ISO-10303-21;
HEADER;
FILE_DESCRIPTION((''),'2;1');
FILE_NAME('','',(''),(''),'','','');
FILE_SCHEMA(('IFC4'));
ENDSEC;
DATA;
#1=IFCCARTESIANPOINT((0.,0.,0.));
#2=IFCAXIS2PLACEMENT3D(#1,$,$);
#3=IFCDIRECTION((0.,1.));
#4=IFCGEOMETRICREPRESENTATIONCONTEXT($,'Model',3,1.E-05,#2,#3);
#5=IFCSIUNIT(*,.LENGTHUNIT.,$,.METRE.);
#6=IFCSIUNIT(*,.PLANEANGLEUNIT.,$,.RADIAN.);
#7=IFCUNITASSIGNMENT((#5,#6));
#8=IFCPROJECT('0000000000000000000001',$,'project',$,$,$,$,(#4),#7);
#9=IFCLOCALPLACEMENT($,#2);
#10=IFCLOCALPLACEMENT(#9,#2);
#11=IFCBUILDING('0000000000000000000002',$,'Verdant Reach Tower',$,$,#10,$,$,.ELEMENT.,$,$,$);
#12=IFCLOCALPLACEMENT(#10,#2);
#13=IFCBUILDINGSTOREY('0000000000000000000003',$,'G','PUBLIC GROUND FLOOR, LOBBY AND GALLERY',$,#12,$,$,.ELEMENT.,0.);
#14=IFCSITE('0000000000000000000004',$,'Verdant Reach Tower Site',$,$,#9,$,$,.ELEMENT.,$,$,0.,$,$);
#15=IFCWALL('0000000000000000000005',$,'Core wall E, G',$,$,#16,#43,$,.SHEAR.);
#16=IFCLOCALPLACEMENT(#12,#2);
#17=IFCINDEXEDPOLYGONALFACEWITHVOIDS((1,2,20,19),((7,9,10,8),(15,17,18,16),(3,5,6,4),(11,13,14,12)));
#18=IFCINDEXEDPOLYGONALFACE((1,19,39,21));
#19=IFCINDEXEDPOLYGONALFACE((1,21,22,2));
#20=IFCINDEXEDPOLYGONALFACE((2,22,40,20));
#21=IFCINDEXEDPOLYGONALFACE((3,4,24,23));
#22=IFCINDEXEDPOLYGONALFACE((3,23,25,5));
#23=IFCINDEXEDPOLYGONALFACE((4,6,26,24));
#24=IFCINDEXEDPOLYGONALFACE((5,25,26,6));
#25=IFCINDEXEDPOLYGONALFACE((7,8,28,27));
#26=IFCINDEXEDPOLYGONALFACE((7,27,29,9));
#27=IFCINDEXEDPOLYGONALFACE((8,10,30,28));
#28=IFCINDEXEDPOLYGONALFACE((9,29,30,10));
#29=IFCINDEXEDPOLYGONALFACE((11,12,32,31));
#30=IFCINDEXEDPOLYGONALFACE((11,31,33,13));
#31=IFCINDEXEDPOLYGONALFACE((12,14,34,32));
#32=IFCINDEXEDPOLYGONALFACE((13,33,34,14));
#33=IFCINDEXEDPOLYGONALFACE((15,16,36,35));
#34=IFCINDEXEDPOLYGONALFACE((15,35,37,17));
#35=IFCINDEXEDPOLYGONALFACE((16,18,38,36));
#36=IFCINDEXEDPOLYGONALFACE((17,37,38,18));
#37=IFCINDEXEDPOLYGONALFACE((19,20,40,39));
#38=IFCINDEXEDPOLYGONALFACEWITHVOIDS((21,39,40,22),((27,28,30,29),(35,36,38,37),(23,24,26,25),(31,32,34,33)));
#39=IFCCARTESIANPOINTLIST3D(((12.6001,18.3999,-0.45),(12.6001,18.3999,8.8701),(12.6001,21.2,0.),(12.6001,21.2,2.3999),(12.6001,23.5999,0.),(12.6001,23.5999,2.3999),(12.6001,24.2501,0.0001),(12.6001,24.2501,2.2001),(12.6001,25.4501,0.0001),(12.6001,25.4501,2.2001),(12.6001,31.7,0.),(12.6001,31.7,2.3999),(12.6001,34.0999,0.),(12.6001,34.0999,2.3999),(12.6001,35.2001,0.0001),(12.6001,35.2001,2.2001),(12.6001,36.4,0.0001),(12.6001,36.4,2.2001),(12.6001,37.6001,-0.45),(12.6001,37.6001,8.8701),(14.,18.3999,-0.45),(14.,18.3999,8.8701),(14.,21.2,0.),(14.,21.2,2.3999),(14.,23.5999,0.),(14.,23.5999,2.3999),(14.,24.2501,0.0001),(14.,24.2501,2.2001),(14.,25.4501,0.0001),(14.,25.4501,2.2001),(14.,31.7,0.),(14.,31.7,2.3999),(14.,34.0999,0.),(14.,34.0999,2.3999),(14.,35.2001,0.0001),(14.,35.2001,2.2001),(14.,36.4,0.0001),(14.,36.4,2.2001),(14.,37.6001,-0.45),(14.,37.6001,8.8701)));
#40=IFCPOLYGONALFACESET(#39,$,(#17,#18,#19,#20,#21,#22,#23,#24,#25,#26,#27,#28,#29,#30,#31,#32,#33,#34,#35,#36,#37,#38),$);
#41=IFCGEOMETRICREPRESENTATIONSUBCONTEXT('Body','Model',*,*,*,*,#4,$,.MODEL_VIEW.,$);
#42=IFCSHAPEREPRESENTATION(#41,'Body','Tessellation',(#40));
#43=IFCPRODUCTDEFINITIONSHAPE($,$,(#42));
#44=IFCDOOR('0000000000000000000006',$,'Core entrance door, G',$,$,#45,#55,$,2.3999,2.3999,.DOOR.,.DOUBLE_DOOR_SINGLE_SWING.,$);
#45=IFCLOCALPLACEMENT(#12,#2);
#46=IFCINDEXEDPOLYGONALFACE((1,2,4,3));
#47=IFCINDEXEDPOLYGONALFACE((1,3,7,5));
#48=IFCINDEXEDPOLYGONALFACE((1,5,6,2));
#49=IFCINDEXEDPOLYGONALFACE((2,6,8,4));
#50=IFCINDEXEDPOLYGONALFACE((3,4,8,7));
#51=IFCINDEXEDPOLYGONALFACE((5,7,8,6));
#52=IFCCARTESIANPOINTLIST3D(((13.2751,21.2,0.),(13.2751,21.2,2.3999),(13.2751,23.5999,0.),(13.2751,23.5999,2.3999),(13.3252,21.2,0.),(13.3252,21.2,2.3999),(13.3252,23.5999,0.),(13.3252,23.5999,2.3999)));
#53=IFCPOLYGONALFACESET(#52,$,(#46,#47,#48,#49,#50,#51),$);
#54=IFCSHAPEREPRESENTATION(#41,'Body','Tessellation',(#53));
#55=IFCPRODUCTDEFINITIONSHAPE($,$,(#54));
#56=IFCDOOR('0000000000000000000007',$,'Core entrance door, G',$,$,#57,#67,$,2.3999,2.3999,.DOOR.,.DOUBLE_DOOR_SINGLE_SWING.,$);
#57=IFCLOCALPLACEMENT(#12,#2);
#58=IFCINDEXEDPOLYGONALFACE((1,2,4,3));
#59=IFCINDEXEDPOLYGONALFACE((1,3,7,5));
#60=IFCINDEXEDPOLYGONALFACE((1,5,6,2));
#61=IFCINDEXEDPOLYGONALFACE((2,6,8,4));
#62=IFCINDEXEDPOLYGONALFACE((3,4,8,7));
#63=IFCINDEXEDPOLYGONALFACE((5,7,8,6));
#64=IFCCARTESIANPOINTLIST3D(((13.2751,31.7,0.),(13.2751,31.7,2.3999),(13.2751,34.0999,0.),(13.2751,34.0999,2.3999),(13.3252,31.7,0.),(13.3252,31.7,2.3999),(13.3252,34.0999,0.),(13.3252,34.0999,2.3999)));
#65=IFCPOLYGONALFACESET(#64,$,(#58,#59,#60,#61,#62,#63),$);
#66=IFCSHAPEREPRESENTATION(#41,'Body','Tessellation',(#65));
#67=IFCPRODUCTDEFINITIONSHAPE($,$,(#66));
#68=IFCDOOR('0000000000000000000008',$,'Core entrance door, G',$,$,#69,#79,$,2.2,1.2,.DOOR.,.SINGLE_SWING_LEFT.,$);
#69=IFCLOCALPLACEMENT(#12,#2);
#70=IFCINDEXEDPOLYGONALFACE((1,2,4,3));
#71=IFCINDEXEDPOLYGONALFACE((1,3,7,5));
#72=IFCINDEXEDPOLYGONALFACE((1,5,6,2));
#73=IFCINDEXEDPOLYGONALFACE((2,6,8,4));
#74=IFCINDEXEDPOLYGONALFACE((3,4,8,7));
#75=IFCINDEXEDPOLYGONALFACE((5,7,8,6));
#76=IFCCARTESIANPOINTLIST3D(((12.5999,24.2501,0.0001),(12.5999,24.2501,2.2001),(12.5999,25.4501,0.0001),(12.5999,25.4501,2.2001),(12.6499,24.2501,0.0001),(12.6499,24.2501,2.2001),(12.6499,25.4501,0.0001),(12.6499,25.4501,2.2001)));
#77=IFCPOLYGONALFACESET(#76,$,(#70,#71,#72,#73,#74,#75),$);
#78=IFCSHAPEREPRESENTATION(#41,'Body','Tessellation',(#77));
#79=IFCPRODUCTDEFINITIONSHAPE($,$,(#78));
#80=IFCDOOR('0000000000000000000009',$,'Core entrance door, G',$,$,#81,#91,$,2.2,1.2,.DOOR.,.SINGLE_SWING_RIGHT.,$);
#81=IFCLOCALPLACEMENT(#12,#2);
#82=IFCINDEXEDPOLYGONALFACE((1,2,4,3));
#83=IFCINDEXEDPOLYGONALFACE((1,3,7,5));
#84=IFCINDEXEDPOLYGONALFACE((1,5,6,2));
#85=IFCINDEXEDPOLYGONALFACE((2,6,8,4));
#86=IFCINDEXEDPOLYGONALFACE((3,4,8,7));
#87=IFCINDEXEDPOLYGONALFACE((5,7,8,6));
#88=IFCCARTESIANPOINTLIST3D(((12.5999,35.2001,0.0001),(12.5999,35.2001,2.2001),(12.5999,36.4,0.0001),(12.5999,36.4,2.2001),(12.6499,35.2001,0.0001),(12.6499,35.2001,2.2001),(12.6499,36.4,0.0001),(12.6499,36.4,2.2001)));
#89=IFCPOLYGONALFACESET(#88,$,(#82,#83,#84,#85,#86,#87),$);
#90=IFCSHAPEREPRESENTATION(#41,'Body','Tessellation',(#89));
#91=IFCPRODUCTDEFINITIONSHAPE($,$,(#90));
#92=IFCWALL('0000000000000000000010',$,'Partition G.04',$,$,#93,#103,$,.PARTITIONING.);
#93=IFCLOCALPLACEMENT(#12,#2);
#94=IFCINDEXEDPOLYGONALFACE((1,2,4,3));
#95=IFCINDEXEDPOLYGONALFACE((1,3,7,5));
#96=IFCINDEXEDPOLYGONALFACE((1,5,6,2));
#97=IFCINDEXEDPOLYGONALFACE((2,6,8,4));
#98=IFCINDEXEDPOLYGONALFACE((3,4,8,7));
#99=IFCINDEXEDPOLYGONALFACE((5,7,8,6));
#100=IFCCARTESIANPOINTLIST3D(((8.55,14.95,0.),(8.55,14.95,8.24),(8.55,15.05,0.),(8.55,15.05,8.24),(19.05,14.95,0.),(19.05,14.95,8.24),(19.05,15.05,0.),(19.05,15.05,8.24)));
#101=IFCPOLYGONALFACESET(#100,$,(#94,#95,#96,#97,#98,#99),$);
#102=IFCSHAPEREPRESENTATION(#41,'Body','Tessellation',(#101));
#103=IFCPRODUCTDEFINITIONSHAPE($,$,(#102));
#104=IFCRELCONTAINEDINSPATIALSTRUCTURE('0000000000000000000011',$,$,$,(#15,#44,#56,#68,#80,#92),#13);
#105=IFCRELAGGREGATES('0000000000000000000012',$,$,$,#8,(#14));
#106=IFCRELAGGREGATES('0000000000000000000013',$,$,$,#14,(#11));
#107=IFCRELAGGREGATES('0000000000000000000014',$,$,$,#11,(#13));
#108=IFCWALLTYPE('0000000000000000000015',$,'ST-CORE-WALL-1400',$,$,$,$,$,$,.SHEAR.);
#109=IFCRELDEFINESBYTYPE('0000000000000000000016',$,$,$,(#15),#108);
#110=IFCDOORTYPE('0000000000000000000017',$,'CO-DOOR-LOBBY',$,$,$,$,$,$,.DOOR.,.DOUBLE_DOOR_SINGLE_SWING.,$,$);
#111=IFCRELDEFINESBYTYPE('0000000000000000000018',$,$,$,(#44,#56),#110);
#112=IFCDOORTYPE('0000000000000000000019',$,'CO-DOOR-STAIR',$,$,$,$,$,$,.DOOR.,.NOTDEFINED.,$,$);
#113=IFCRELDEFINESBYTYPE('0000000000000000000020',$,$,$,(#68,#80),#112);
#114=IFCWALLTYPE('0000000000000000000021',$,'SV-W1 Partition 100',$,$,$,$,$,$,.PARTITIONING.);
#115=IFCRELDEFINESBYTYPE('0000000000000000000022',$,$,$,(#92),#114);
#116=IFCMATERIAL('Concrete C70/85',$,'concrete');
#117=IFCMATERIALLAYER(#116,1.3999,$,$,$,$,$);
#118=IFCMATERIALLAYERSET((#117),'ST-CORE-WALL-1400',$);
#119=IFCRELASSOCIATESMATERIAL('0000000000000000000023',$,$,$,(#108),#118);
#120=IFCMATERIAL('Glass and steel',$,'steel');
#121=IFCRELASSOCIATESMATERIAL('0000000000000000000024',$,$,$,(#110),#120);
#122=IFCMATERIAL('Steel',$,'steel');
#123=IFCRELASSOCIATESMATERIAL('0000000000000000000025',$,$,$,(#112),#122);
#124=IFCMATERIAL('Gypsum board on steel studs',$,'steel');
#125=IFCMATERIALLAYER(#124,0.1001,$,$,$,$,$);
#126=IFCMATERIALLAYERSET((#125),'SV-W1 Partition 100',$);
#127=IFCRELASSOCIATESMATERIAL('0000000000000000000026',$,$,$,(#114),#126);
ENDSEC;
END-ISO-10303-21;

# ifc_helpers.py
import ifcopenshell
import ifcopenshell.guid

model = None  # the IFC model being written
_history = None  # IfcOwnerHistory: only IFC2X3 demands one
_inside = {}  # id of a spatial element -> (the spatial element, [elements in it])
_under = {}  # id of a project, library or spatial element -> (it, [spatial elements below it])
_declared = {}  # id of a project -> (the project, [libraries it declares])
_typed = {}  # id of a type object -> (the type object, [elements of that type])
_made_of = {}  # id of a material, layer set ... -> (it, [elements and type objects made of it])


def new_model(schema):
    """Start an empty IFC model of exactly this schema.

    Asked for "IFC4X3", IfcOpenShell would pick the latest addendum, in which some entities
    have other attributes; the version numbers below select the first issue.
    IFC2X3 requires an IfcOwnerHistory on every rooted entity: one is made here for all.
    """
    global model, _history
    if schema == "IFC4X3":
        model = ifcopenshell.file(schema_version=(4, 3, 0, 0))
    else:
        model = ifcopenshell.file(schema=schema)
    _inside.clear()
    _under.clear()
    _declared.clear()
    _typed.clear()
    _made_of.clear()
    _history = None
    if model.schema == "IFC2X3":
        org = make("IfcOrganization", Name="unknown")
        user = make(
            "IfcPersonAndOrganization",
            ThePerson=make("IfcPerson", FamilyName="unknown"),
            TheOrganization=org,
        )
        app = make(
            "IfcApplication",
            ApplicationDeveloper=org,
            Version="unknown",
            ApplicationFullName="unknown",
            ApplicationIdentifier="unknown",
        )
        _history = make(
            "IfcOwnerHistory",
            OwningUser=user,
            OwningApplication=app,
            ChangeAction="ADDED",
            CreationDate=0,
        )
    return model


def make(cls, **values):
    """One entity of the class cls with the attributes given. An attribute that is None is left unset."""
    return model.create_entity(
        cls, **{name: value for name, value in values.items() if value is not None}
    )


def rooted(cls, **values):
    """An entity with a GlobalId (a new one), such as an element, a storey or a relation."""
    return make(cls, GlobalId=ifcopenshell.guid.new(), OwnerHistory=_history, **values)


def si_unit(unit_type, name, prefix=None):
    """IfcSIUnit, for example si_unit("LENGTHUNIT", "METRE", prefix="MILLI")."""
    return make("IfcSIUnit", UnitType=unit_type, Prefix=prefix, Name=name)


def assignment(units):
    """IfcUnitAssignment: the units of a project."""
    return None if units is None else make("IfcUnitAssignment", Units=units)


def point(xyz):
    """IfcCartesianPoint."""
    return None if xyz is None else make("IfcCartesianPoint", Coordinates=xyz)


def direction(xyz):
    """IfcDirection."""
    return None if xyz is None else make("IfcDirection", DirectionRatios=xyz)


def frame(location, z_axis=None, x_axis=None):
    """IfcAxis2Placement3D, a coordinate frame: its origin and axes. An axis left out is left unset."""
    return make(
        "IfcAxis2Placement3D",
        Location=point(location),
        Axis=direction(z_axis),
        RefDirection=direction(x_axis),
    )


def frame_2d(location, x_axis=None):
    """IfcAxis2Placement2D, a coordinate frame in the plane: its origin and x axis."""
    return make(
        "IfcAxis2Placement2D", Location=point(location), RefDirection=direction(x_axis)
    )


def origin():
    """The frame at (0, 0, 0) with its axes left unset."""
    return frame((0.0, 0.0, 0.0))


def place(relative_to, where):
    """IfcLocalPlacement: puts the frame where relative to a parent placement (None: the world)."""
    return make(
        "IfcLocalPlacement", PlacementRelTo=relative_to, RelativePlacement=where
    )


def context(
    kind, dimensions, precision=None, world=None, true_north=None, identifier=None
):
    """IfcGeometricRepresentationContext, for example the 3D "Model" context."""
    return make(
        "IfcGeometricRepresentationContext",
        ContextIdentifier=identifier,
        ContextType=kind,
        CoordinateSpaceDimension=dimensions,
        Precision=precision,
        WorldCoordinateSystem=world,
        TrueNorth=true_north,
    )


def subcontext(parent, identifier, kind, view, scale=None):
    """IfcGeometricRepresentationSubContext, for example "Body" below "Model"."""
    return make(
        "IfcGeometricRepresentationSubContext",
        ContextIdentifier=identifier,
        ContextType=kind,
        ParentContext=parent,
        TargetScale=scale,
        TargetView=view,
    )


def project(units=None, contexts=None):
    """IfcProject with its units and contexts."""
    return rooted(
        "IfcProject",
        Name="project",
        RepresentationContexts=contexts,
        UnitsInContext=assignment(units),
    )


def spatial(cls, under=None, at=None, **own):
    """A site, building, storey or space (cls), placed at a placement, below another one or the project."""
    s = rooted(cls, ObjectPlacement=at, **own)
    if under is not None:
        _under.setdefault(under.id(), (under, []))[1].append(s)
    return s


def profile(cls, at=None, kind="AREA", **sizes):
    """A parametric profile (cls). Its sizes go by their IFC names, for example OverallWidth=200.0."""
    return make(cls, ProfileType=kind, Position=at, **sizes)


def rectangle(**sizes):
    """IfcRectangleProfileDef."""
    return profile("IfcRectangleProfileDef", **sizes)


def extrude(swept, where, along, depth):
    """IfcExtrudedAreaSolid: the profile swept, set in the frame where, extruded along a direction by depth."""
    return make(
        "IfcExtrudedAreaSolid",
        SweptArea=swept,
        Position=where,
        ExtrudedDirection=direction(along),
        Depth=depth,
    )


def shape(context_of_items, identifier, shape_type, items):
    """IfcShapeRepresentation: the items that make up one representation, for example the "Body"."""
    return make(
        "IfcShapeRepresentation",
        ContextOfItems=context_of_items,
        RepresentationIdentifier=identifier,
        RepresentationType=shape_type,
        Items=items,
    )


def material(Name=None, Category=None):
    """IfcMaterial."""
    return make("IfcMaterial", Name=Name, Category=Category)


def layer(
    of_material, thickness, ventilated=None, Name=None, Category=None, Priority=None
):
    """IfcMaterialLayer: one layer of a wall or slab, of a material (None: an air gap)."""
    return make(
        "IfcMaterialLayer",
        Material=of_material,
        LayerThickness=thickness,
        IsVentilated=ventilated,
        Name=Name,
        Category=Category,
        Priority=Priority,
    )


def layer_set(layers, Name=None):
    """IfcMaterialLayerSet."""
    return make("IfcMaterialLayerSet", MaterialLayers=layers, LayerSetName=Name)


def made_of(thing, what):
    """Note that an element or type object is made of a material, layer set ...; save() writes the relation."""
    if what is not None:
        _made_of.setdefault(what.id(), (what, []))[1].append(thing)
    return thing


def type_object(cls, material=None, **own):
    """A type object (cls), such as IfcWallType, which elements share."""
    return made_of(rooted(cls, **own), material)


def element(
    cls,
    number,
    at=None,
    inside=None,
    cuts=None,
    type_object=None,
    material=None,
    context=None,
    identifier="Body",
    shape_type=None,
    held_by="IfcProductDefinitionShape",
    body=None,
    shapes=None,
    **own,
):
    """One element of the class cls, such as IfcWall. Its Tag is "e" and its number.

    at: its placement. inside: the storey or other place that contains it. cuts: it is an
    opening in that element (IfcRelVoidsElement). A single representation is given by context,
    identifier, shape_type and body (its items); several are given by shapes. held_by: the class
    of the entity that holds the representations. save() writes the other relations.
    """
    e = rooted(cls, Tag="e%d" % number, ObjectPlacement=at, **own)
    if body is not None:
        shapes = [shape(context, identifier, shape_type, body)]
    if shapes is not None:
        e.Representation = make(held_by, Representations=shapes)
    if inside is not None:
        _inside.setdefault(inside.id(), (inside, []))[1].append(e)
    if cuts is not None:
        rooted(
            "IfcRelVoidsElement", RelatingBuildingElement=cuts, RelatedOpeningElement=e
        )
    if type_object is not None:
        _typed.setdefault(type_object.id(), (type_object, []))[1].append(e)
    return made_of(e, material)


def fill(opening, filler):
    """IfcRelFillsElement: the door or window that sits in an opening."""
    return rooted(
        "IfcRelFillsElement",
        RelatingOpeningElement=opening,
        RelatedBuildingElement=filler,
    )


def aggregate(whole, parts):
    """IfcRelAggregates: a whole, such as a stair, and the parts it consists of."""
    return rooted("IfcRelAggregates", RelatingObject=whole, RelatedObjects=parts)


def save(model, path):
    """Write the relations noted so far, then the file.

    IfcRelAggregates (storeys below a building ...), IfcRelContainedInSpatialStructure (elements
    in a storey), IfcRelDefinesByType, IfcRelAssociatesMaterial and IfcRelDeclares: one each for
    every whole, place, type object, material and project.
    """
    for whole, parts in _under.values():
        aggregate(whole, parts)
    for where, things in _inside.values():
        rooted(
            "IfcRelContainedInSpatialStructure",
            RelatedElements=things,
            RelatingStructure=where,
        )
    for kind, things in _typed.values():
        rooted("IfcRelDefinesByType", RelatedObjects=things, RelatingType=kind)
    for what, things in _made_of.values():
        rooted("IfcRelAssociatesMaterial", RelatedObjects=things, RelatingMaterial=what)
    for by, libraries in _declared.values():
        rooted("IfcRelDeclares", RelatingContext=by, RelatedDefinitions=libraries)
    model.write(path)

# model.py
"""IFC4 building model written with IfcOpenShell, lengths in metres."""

from ifc_helpers import new_model, si_unit, direction, frame, frame_2d, origin, place, context, subcontext, project, spatial, rectangle, extrude, material, layer, layer_set, type_object, element, fill, save


model = new_model("IFC4")

# Units and contexts
model_context = context("Model", 3, precision=1e-05, world=origin(), true_north=direction((0.0, 1.0)))
body_context = subcontext(model_context, "Body", "Model", "MODEL_VIEW")
ifc_project = project(units=[si_unit("LENGTHUNIT", "METRE"), si_unit("PLANEANGLEUNIT", "RADIAN")], contexts=[model_context])

# Site, building, storey
site_placement = place(None, origin())
site = spatial("IfcSite", under=ifc_project, at=site_placement, Name="Verdant Reach Tower Site", CompositionType="ELEMENT", RefElevation=0.0)
building_placement = place(site_placement, origin())
building = spatial("IfcBuilding", under=site, at=building_placement, Name="Verdant Reach Tower", CompositionType="ELEMENT")
storey_placement = place(building_placement, origin())
storey = spatial("IfcBuildingStorey", under=building, at=storey_placement, Name="G", Description="PUBLIC GROUND FLOOR, LOBBY AND GALLERY", CompositionType="ELEMENT", Elevation=0.0)

# Wall, openings, doors
ifc_material_1 = material(Name="Concrete C70/85", Category="concrete")
ifc_layer_1 = layer(ifc_material_1, 1.3999)
ifc_layer_set_1 = layer_set([ifc_layer_1], Name="ST-CORE-WALL-1400")
wall_type_1 = type_object("IfcWallType", Name="ST-CORE-WALL-1400", PredefinedType="SHEAR", material=ifc_layer_set_1)
wall_1_placement = place(storey_placement, frame((13.3, 18.3999, -0.45), z_axis=(0.0, 0.0, 1.0), x_axis=(0.0, 1.0, 0.0)))
wall_1 = element("IfcWall", 1, at=wall_1_placement, inside=storey, type_object=wall_type_1, Name="Core wall E, G", PredefinedType="SHEAR", context=body_context, shape_type="SweptSolid", body=[
    extrude(rectangle(XDim=19.2002, YDim=1.3999, at=frame_2d((9.6001, 0.0))), origin(), (0.0, 0.0, 1.0), 9.3201),
])
opening_1_placement = place(wall_1_placement, frame((2.8, 0.0, 0.45)))
opening_1 = element("IfcOpeningElement", 2, at=opening_1_placement, cuts=wall_1, PredefinedType="OPENING", context=body_context, shape_type="SweptSolid", body=[
    extrude(rectangle(XDim=2.3999, YDim=2.3999, at=frame_2d((1.2, 1.2))), frame((0.0, 0.71, 0.0), z_axis=(0.0, -1.0, 0.0), x_axis=(1.0, 0.0, 0.0)), (0.0, 0.0, 1.0), 1.4199),
])
opening_2_placement = place(wall_1_placement, frame((13.3, 0.0, 0.45)))
opening_2 = element("IfcOpeningElement", 3, at=opening_2_placement, cuts=wall_1, PredefinedType="OPENING", context=body_context, shape_type="SweptSolid", body=[
    extrude(rectangle(XDim=2.3999, YDim=2.3999, at=frame_2d((1.2, 1.2))), frame((0.0, 0.71, 0.0), z_axis=(0.0, -1.0, 0.0), x_axis=(1.0, 0.0, 0.0)), (0.0, 0.0, 1.0), 1.4199),
])
opening_3_placement = place(wall_1_placement, frame((5.8501, 0.0, 0.45)))
opening_3 = element("IfcOpeningElement", 4, at=opening_3_placement, cuts=wall_1, PredefinedType="OPENING", context=body_context, shape_type="SweptSolid", body=[
    extrude(rectangle(XDim=1.2, YDim=2.2, at=frame_2d((0.6001, 1.1001))), frame((0.0, 0.71, 0.0), z_axis=(0.0, -1.0, 0.0), x_axis=(1.0, 0.0, 0.0)), (0.0, 0.0, 1.0), 1.4199),
])
opening_4_placement = place(wall_1_placement, frame((16.8, 0.0, 0.45)))
opening_4 = element("IfcOpeningElement", 5, at=opening_4_placement, cuts=wall_1, PredefinedType="OPENING", context=body_context, shape_type="SweptSolid", body=[
    extrude(rectangle(XDim=1.2, YDim=2.2, at=frame_2d((0.6001, 1.1001))), frame((0.0, 0.71, 0.0), z_axis=(0.0, -1.0, 0.0), x_axis=(1.0, 0.0, 0.0)), (0.0, 0.0, 1.0), 1.4199),
])
ifc_material_2 = material(Name="Glass and steel", Category="steel")
door_type_1 = type_object("IfcDoorType", Name="CO-DOOR-LOBBY", OperationType="DOUBLE_DOOR_SINGLE_SWING", PredefinedType="DOOR", material=ifc_material_2)
door_1_placement = place(opening_1_placement, origin())
door_1 = element("IfcDoor", 6, at=door_1_placement, inside=storey, type_object=door_type_1, Name="Core entrance door, G", OperationType="DOUBLE_DOOR_SINGLE_SWING", OverallHeight=2.3999, OverallWidth=2.3999, PredefinedType="DOOR", context=body_context, shape_type="SweptSolid", body=[
    extrude(rectangle(XDim=2.3999, YDim=2.3999, at=frame_2d((1.2, 1.2))), frame((0.0, 0.0249, 0.0), z_axis=(0.0, -1.0, 0.0), x_axis=(1.0, 0.0, 0.0)), (0.0, 0.0, 1.0), 0.05),
])
fill(opening_1, door_1)
door_2_placement = place(opening_2_placement, origin())
door_2 = element("IfcDoor", 7, at=door_2_placement, inside=storey, type_object=door_type_1, Name="Core entrance door, G", OperationType="DOUBLE_DOOR_SINGLE_SWING", OverallHeight=2.3999, OverallWidth=2.3999, PredefinedType="DOOR", context=body_context, shape_type="SweptSolid", body=[
    extrude(rectangle(XDim=2.3999, YDim=2.3999, at=frame_2d((1.2, 1.2))), frame((0.0, 0.0249, 0.0), z_axis=(0.0, -1.0, 0.0), x_axis=(1.0, 0.0, 0.0)), (0.0, 0.0, 1.0), 0.05),
])
fill(opening_2, door_2)
ifc_material_3 = material(Name="Steel", Category="steel")
door_type_2 = type_object("IfcDoorType", Name="CO-DOOR-STAIR", OperationType="NOTDEFINED", PredefinedType="DOOR", material=ifc_material_3)
door_3_placement = place(opening_3_placement, origin())
door_3 = element("IfcDoor", 8, at=door_3_placement, inside=storey, type_object=door_type_2, Name="Core entrance door, G", OperationType="SINGLE_SWING_LEFT", OverallHeight=2.2, OverallWidth=1.2, PredefinedType="DOOR", context=body_context, shape_type="SweptSolid", body=[
    extrude(rectangle(XDim=1.2, YDim=2.2, at=frame_2d((0.6001, 1.1001))), frame((0.0, 0.7002, 0.0), z_axis=(0.0, -1.0, 0.0), x_axis=(1.0, 0.0, 0.0)), (0.0, 0.0, 1.0), 0.05),
])
fill(opening_3, door_3)
door_4_placement = place(opening_4_placement, origin())
door_4 = element("IfcDoor", 9, at=door_4_placement, inside=storey, type_object=door_type_2, Name="Core entrance door, G", OperationType="SINGLE_SWING_RIGHT", OverallHeight=2.2, OverallWidth=1.2, PredefinedType="DOOR", context=body_context, shape_type="SweptSolid", body=[
    extrude(rectangle(XDim=1.2, YDim=2.2, at=frame_2d((0.6001, 1.1001))), frame((0.0, 0.7002, 0.0), z_axis=(0.0, -1.0, 0.0), x_axis=(1.0, 0.0, 0.0)), (0.0, 0.0, 1.0), 0.05),
])
fill(opening_4, door_4)

# Wall
ifc_material_4 = material(Name="Gypsum board on steel studs", Category="steel")
ifc_layer_2 = layer(ifc_material_4, 0.1001)
ifc_layer_set_2 = layer_set([ifc_layer_2], Name="SV-W1 Partition 100")
wall_type_2 = type_object("IfcWallType", Name="SV-W1 Partition 100", PredefinedType="PARTITIONING", material=ifc_layer_set_2)
wall_2_placement = place(storey_placement, frame((8.55, 15.0, 0.0), z_axis=(0.0, 0.0, 1.0), x_axis=(1.0, 0.0, 0.0)))
element("IfcWall", 10, at=wall_2_placement, inside=storey, type_object=wall_type_2, Name="Partition G.04", PredefinedType="PARTITIONING", context=body_context, shape_type="SweptSolid", body=[
    extrude(rectangle(XDim=10.5, YDim=0.1001, at=frame_2d((5.25, 0.0))), origin(), (0.0, 0.0, 1.0), 8.24),
])

save(model, "model.ifc")
